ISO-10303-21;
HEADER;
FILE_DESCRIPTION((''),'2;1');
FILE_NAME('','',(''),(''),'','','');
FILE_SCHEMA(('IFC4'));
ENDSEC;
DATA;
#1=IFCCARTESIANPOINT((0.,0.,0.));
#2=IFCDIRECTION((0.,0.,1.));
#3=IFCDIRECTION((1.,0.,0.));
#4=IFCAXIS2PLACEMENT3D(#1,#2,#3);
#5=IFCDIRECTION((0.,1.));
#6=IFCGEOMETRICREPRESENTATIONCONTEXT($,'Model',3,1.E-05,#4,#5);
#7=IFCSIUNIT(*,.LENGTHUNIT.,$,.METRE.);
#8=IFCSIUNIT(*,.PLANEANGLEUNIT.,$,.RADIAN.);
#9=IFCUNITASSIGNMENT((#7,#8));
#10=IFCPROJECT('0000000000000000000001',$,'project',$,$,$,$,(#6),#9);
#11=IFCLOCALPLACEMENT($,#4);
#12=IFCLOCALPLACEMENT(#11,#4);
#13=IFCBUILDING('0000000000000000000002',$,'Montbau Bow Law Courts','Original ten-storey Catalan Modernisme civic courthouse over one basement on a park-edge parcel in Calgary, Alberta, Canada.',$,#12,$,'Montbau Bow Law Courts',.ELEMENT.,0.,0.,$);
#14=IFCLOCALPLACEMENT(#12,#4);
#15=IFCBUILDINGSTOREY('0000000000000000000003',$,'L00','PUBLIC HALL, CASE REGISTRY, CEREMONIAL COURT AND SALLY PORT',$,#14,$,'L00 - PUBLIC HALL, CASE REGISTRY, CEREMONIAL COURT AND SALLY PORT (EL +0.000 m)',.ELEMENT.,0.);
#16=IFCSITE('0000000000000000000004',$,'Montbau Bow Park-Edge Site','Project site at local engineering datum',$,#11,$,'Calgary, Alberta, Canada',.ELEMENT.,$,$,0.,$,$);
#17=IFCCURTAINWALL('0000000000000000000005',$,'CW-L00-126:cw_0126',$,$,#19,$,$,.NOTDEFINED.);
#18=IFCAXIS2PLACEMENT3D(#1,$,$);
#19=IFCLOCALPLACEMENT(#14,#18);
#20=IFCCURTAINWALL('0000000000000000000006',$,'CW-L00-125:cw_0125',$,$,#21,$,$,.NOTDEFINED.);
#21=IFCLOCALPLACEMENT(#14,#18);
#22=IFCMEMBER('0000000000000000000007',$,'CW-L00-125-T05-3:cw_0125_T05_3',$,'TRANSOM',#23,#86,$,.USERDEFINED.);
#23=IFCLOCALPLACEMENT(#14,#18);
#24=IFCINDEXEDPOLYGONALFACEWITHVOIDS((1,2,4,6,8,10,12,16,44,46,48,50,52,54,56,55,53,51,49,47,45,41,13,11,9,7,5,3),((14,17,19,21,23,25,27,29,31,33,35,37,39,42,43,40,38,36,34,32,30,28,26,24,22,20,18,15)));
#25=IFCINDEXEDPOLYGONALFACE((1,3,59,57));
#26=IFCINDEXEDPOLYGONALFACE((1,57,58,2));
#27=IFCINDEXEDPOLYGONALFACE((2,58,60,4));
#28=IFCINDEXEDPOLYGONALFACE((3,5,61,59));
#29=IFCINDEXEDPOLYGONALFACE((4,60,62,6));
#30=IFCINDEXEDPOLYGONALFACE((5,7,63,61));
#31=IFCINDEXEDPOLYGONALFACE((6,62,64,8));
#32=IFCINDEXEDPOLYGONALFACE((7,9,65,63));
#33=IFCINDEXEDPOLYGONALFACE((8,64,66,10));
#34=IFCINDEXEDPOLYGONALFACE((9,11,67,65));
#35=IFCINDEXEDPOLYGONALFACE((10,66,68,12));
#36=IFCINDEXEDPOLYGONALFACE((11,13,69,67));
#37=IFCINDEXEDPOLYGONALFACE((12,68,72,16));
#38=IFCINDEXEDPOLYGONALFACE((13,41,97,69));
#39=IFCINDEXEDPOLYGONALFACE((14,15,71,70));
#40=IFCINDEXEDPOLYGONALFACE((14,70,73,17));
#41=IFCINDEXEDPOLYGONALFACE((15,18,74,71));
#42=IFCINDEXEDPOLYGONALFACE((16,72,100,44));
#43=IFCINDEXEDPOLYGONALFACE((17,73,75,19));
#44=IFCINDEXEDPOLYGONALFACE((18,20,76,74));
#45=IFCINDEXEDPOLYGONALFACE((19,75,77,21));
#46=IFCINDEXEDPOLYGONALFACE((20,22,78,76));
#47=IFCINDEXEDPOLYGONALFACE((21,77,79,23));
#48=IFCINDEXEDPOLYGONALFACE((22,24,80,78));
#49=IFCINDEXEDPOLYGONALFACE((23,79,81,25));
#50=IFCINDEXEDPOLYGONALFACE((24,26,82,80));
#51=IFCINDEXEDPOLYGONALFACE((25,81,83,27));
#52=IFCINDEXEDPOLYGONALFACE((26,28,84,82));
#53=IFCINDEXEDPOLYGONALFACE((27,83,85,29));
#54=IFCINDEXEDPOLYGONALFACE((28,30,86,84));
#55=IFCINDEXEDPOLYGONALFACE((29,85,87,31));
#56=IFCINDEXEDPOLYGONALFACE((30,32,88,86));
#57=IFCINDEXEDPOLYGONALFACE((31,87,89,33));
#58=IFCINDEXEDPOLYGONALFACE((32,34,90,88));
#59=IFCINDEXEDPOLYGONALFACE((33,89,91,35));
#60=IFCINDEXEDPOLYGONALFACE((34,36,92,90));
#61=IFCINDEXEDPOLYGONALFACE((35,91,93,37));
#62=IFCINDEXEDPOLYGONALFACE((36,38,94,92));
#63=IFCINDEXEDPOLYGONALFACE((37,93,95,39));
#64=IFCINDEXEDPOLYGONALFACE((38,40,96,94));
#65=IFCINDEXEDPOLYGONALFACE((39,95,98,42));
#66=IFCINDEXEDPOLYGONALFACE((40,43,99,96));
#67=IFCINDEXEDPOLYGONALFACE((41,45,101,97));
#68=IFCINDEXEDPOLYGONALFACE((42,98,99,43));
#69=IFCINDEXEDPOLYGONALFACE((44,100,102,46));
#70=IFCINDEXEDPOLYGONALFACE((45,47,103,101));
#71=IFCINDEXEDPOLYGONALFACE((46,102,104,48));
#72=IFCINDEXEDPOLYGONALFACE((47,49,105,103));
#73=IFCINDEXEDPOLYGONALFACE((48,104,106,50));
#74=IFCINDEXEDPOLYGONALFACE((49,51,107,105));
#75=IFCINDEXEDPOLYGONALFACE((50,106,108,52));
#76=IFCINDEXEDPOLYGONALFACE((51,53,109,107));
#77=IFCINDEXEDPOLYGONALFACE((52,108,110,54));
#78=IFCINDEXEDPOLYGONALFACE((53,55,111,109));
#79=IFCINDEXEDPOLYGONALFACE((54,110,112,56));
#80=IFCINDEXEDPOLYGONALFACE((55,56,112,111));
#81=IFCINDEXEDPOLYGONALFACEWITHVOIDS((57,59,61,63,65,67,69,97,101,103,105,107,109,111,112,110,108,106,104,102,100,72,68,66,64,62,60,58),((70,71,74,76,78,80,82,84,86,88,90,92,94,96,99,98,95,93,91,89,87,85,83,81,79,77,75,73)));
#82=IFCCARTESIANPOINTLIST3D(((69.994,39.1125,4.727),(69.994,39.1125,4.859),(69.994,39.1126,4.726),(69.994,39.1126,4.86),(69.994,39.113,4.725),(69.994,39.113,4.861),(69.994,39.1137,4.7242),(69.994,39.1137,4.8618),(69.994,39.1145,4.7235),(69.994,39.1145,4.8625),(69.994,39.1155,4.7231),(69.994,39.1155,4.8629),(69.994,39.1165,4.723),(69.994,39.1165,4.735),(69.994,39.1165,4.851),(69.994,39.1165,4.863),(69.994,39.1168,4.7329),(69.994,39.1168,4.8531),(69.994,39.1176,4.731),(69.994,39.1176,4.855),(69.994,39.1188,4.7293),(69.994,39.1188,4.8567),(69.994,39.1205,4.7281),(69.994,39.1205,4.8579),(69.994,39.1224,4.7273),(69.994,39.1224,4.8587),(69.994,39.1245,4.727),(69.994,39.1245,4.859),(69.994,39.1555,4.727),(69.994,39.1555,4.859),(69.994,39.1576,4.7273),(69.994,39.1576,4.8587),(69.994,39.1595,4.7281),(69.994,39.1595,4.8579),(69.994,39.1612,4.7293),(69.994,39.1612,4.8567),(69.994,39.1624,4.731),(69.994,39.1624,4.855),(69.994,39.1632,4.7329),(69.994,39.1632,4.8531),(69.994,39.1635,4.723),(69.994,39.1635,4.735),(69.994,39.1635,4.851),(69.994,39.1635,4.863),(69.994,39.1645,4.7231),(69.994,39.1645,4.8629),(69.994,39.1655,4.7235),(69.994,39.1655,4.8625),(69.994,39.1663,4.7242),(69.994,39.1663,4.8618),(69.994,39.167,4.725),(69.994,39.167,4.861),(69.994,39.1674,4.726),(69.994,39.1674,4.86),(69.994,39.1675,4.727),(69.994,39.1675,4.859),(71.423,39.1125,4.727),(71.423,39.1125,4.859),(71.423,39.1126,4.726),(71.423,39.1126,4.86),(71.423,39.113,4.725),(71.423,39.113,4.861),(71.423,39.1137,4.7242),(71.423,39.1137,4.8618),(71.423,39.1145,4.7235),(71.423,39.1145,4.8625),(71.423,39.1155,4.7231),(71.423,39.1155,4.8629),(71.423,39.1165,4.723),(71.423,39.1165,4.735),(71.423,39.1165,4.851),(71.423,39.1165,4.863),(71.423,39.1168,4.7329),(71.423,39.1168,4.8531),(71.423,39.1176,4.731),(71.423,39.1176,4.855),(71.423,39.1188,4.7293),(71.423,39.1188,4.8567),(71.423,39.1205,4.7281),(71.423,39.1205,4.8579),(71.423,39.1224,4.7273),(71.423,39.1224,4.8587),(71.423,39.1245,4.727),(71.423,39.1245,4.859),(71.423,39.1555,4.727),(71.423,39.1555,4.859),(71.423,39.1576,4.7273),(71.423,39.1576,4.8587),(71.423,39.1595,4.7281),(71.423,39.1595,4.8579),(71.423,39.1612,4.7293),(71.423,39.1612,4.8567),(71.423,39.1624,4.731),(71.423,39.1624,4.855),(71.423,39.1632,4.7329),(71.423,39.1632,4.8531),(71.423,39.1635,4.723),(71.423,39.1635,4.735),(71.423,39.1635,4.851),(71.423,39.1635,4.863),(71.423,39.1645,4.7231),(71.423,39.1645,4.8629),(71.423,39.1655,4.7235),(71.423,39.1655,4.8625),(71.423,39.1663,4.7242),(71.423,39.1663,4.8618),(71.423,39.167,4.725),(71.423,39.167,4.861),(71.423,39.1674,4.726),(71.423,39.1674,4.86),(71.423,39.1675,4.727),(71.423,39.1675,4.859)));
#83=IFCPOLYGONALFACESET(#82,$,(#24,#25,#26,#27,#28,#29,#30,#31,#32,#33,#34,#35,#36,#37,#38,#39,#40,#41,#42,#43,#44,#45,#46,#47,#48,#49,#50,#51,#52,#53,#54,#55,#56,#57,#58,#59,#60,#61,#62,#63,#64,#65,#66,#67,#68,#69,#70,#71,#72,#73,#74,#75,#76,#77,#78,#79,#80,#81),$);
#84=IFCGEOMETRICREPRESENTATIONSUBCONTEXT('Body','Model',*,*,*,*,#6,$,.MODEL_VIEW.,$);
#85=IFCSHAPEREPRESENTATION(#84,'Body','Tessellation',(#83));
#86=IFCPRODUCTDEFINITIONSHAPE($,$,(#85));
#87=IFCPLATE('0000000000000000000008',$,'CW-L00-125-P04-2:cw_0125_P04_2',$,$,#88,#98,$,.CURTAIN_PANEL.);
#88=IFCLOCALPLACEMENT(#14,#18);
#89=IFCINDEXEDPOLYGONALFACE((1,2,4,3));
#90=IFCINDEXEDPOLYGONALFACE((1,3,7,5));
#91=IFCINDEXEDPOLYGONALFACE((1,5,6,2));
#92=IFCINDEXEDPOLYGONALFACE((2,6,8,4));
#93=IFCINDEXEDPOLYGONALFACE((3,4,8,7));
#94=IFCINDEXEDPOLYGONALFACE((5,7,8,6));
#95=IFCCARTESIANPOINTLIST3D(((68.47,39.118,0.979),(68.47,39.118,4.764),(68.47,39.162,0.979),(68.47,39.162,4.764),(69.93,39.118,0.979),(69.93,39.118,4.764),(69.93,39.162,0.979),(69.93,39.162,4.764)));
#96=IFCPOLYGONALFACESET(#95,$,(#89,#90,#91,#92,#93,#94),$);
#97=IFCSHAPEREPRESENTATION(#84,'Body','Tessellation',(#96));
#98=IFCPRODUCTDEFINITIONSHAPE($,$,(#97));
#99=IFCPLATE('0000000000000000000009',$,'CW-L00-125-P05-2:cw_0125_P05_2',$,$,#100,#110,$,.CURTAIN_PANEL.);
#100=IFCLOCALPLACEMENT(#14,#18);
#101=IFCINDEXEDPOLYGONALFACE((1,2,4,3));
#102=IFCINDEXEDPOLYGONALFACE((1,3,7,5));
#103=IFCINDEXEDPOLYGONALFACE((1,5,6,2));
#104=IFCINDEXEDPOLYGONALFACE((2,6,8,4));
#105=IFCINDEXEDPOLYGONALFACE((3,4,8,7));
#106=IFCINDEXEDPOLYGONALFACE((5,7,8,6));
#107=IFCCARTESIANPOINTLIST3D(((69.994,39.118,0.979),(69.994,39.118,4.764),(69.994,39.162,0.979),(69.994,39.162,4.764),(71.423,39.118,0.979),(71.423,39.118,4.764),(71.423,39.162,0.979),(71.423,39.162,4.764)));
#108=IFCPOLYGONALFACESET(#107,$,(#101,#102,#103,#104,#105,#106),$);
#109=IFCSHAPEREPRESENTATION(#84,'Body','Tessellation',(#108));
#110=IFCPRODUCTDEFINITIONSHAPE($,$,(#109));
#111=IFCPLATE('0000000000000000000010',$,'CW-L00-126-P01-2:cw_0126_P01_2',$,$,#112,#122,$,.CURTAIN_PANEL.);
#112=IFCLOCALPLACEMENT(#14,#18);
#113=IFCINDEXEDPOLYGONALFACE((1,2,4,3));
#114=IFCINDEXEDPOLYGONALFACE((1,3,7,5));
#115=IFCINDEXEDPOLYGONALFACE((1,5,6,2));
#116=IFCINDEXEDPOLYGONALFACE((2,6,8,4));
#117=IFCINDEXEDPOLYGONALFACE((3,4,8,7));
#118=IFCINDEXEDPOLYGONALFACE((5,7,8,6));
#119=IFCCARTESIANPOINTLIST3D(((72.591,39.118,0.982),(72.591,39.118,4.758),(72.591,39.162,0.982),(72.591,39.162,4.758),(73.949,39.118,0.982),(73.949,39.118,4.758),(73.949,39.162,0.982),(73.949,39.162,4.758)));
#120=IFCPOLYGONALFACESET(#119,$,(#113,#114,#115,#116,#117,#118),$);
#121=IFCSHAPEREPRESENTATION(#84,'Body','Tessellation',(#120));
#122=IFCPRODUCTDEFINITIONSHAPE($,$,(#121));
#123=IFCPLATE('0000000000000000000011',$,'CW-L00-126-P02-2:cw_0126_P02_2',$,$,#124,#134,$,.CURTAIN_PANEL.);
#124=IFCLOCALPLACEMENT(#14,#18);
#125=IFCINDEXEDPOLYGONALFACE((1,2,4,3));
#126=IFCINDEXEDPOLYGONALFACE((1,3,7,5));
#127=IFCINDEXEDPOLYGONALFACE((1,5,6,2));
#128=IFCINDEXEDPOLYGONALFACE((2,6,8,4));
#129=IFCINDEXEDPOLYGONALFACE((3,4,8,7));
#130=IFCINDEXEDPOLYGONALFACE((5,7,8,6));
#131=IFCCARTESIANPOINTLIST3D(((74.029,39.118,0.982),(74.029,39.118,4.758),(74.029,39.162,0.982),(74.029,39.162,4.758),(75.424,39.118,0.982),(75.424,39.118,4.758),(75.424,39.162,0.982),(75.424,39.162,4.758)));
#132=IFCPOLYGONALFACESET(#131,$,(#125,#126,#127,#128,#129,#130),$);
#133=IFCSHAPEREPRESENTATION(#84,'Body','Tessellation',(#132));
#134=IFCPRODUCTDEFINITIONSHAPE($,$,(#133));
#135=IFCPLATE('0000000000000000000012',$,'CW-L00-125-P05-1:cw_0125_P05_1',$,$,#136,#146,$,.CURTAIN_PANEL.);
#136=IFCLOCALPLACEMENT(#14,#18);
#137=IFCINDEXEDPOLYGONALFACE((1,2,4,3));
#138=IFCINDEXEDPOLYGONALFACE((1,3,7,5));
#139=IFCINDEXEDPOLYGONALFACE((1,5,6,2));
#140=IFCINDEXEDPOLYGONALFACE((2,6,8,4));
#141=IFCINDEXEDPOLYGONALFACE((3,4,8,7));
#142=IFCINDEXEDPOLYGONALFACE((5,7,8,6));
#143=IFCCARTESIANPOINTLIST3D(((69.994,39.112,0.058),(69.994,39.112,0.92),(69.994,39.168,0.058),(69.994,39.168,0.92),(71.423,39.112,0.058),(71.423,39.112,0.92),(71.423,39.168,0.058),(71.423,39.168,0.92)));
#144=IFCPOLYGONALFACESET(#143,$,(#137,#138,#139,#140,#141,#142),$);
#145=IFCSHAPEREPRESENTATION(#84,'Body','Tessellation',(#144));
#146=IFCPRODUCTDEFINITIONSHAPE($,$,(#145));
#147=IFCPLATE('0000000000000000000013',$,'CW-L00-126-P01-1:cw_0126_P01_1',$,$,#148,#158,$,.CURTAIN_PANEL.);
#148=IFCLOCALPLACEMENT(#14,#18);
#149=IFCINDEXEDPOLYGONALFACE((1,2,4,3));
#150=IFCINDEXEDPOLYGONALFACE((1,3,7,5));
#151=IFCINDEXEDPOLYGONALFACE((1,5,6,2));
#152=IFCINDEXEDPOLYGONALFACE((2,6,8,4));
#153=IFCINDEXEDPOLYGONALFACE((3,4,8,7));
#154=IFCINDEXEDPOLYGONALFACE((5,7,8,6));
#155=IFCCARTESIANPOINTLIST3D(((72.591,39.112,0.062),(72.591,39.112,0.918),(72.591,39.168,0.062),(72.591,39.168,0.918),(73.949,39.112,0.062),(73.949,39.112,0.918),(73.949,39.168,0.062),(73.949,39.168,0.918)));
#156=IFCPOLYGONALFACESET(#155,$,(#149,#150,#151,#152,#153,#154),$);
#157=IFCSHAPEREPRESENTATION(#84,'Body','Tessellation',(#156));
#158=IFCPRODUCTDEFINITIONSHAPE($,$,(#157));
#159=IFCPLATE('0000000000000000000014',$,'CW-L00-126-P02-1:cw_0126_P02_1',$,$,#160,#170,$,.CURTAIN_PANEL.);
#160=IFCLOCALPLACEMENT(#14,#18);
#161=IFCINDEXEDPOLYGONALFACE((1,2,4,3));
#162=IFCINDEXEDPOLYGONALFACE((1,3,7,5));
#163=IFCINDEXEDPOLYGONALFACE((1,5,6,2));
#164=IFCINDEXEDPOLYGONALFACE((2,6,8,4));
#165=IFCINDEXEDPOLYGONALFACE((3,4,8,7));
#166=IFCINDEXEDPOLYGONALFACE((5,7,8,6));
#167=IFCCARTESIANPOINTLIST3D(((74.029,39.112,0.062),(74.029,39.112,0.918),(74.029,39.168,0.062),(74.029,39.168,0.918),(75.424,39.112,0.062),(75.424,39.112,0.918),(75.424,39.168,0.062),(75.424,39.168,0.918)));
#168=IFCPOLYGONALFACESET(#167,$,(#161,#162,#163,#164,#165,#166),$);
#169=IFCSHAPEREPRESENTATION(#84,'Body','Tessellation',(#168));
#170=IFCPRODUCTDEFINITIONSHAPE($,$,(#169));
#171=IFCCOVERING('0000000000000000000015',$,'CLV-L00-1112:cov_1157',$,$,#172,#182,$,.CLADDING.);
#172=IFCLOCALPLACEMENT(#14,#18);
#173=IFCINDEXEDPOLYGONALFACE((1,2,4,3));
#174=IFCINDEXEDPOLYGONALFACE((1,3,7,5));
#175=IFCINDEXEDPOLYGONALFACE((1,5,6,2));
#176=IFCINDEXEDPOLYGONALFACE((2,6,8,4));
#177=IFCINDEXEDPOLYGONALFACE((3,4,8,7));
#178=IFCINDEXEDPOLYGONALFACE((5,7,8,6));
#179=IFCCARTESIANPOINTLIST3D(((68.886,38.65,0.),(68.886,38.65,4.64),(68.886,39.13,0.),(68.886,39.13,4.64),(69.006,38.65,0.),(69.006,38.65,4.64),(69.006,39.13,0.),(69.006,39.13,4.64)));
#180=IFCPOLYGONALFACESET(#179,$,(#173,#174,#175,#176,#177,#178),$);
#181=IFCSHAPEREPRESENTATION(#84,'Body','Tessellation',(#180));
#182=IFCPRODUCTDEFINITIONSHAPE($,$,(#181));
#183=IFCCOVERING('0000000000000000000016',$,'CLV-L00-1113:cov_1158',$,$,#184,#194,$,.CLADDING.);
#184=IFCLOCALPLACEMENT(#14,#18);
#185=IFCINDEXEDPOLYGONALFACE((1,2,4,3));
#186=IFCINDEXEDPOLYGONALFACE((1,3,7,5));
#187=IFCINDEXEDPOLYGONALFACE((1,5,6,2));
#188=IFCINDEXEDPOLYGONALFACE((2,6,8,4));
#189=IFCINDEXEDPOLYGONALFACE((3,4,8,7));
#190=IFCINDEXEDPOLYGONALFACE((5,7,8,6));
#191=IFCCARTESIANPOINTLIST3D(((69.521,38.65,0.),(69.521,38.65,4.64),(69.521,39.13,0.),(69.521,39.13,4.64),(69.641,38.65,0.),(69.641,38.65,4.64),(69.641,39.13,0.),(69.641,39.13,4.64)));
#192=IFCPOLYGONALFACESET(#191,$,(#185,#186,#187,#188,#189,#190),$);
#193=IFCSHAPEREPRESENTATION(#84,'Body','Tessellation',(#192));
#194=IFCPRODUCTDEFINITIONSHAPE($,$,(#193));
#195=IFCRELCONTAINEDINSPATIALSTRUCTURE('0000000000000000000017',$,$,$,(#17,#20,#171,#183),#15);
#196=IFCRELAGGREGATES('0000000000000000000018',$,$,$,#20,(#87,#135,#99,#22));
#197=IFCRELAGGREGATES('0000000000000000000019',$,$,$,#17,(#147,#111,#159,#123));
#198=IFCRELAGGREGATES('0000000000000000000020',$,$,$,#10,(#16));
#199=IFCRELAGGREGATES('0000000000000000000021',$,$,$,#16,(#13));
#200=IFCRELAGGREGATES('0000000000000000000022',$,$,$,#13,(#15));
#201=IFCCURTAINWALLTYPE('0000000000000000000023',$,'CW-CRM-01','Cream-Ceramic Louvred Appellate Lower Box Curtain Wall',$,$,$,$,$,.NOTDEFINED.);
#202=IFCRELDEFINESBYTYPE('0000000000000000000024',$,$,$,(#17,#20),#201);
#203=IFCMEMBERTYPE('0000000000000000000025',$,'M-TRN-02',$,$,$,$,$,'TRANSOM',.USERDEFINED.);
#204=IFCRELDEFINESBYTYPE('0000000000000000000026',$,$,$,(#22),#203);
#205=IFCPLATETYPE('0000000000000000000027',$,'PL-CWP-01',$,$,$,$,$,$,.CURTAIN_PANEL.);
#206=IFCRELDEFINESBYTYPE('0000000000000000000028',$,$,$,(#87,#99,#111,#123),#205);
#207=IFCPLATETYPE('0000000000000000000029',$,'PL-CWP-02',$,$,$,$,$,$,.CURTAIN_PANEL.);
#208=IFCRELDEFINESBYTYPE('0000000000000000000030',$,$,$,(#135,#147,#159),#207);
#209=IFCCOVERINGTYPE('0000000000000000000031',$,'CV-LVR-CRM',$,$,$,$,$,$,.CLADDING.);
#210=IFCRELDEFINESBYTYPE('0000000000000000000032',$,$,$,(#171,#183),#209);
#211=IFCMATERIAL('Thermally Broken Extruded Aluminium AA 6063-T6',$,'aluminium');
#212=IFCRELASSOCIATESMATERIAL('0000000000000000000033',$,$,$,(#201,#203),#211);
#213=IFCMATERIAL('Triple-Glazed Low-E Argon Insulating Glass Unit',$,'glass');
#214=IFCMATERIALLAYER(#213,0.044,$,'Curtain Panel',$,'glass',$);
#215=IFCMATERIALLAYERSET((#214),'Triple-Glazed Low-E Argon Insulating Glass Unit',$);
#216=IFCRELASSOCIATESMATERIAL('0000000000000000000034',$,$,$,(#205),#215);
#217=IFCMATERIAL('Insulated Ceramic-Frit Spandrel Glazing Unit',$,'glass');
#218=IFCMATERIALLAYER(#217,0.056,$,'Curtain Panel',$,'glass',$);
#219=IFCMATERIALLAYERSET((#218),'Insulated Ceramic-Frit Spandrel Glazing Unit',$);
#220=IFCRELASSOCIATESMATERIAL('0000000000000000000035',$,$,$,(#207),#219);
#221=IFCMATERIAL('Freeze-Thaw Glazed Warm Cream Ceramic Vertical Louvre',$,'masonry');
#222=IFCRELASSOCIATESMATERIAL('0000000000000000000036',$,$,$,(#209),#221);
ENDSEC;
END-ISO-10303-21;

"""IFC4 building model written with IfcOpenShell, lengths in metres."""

from ifc_helpers import new_model, si_unit, direction, frame, frame_2d, origin_with_axes, origin_2d_with_axis, place, context, subcontext, project, spatial, rectangle, hollow_rectangle, extrude, material, layer, layer_set, material_profile, profile_set, type_object, element, aggregate, save


model = new_model("IFC4")

# Units and contexts
model_context = context("Model", 3, precision=1e-05, world=origin_with_axes(), true_north=direction((0.0, 1.0)))
body_context = subcontext(model_context, "Body", "Model", "MODEL_VIEW")
ifc_project = project(units=[si_unit("LENGTHUNIT", "METRE"), si_unit("PLANEANGLEUNIT", "RADIAN")], contexts=[model_context])

# Site, building, storey
site_placement = place(None, origin_with_axes())
site = spatial("IfcSite", under=ifc_project, at=site_placement, Name="Montbau Bow Park-Edge Site", Description="Project site at local engineering datum", LongName="Calgary, Alberta, Canada", CompositionType="ELEMENT", RefElevation=0.0)
building_placement = place(site_placement, origin_with_axes())
building = spatial("IfcBuilding", under=site, at=building_placement, Name="Montbau Bow Law Courts", Description="Original ten-storey Catalan Modernisme civic courthouse over one basement on a park-edge parcel in Calgary, Alberta, Canada.", LongName="Montbau Bow Law Courts", CompositionType="ELEMENT", ElevationOfRefHeight=0.0, ElevationOfTerrain=0.0)
storey_placement = place(building_placement, origin_with_axes())
storey = spatial("IfcBuildingStorey", under=building, at=storey_placement, Name="L00", Description="PUBLIC HALL, CASE REGISTRY, CEREMONIAL COURT AND SALLY PORT", LongName="L00 - PUBLIC HALL, CASE REGISTRY, CEREMONIAL COURT AND SALLY PORT (EL +0.000 m)", CompositionType="ELEMENT", Elevation=0.0)

# Curtain walls
ifc_material_1 = material(Name="Thermally Broken Extruded Aluminium AA 6063-T6", Category="aluminium")
curtain_wall_type = type_object("IfcCurtainWallType", Name="CW-CRM-01", Description="Cream-Ceramic Louvred Appellate Lower Box Curtain Wall", PredefinedType="NOTDEFINED", material=ifc_material_1)
curtain_wall_1_placement = place(None, frame((72.515, 39.14, 0.0), z_axis=(0.0, 0.0, 1.0), x_axis=(1.0, 0.0, 0.0)))
curtain_wall_1 = element("IfcCurtainWall", 1, at=curtain_wall_1_placement, inside=storey, type_object=curtain_wall_type, Name="CW-L00-126:cw_0126", PredefinedType="NOTDEFINED")
curtain_wall_2_placement = place(None, frame((63.868, 39.14, 0.0), z_axis=(0.0, 0.0, 1.0), x_axis=(1.0, 0.0, 0.0)))
curtain_wall_2 = element("IfcCurtainWall", 2, at=curtain_wall_2_placement, inside=storey, type_object=curtain_wall_type, Name="CW-L00-125:cw_0125", PredefinedType="NOTDEFINED")

# Member
ifc_material_profile_1 = material_profile(ifc_material_1, hollow_rectangle(XDim=0.055, YDim=0.14, WallThickness=0.004, InnerFilletRadius=0.008, OuterFilletRadius=0.004, at=origin_2d_with_axis()), Name="CWT-140X55", Category="Main", Priority=0)
ifc_profile_set_1 = profile_set([ifc_material_profile_1], Name="Thermally Broken Extruded Aluminium AA 6063-T6")
member_type_1 = type_object("IfcMemberType", Name="M-TRN-02", ElementType="TRANSOM", PredefinedType="USERDEFINED", material=ifc_profile_set_1)
member_1_placement = place(None, frame((69.994, 39.14, 4.793), z_axis=(1.0, 0.0, 0.0), x_axis=(0.0, 1.0, 0.0)))
member_1 = element("IfcMember", 3, at=member_1_placement, type_object=member_type_1, Name="CW-L00-125-T05-3:cw_0125_T05_3", ObjectType="TRANSOM", PredefinedType="USERDEFINED", context=body_context, shape_type="SweptSolid", body=[
    extrude(hollow_rectangle(XDim=0.055, YDim=0.14, WallThickness=0.004, InnerFilletRadius=0.008, OuterFilletRadius=0.004, at=origin_2d_with_axis()), origin_with_axes(), (0.0, 0.0, 1.0), 1.429),
])

# Plates
ifc_material_2 = material(Name="Triple-Glazed Low-E Argon Insulating Glass Unit", Category="glass")
ifc_layer_1 = layer(ifc_material_2, 0.044, Name="Curtain Panel", Category="glass")
ifc_layer_set_1 = layer_set([ifc_layer_1], Name="Triple-Glazed Low-E Argon Insulating Glass Unit")
plate_type_1 = type_object("IfcPlateType", Name="PL-CWP-01", PredefinedType="CURTAIN_PANEL", material=ifc_layer_set_1)
plate_1_placement = place(None, frame((68.47, 39.14, 0.979), z_axis=(0.0, -1.0, 0.0), x_axis=(1.0, 0.0, 0.0)))
plate_1 = element("IfcPlate", 4, at=plate_1_placement, type_object=plate_type_1, Name="CW-L00-125-P04-2:cw_0125_P04_2", PredefinedType="CURTAIN_PANEL", context=body_context, shape_type="SweptSolid", body=[
    extrude(rectangle(XDim=1.46, YDim=3.785, at=frame_2d((0.73, 1.8925), x_axis=(1.0, 0.0))), frame((0.0, 0.0, -0.022), z_axis=(0.0, 0.0, 1.0), x_axis=(1.0, 0.0, 0.0)), (0.0, 0.0, 1.0), 0.044),
])
plate_2_placement = place(None, frame((69.994, 39.14, 0.979), z_axis=(0.0, -1.0, 0.0), x_axis=(1.0, 0.0, 0.0)))
plate_2 = element("IfcPlate", 5, at=plate_2_placement, type_object=plate_type_1, Name="CW-L00-125-P05-2:cw_0125_P05_2", PredefinedType="CURTAIN_PANEL", context=body_context, shape_type="SweptSolid", body=[
    extrude(rectangle(XDim=1.429, YDim=3.785, at=frame_2d((0.7145, 1.8925), x_axis=(1.0, 0.0))), frame((0.0, 0.0, -0.022), z_axis=(0.0, 0.0, 1.0), x_axis=(1.0, 0.0, 0.0)), (0.0, 0.0, 1.0), 0.044),
])
plate_3_placement = place(None, frame((72.591, 39.14, 0.982), z_axis=(0.0, -1.0, 0.0), x_axis=(1.0, 0.0, 0.0)))
plate_3 = element("IfcPlate", 6, at=plate_3_placement, type_object=plate_type_1, Name="CW-L00-126-P01-2:cw_0126_P01_2", PredefinedType="CURTAIN_PANEL", context=body_context, shape_type="SweptSolid", body=[
    extrude(rectangle(XDim=1.358, YDim=3.776, at=frame_2d((0.679, 1.888), x_axis=(1.0, 0.0))), frame((0.0, 0.0, -0.022), z_axis=(0.0, 0.0, 1.0), x_axis=(1.0, 0.0, 0.0)), (0.0, 0.0, 1.0), 0.044),
])
plate_4_placement = place(None, frame((74.029, 39.14, 0.982), z_axis=(0.0, -1.0, 0.0), x_axis=(1.0, 0.0, 0.0)))
plate_4 = element("IfcPlate", 7, at=plate_4_placement, type_object=plate_type_1, Name="CW-L00-126-P02-2:cw_0126_P02_2", PredefinedType="CURTAIN_PANEL", context=body_context, shape_type="SweptSolid", body=[
    extrude(rectangle(XDim=1.395, YDim=3.776, at=frame_2d((0.6975, 1.888), x_axis=(1.0, 0.0))), frame((0.0, 0.0, -0.022), z_axis=(0.0, 0.0, 1.0), x_axis=(1.0, 0.0, 0.0)), (0.0, 0.0, 1.0), 0.044),
])
ifc_material_3 = material(Name="Insulated Ceramic-Frit Spandrel Glazing Unit", Category="glass")
ifc_layer_2 = layer(ifc_material_3, 0.056, Name="Curtain Panel", Category="glass")
ifc_layer_set_2 = layer_set([ifc_layer_2], Name="Insulated Ceramic-Frit Spandrel Glazing Unit")
plate_type_2 = type_object("IfcPlateType", Name="PL-CWP-02", PredefinedType="CURTAIN_PANEL", material=ifc_layer_set_2)
plate_5_placement = place(None, frame((69.994, 39.14, 0.058), z_axis=(0.0, -1.0, 0.0), x_axis=(1.0, 0.0, 0.0)))
plate_5 = element("IfcPlate", 8, at=plate_5_placement, type_object=plate_type_2, Name="CW-L00-125-P05-1:cw_0125_P05_1", PredefinedType="CURTAIN_PANEL", context=body_context, shape_type="SweptSolid", body=[
    extrude(rectangle(XDim=1.429, YDim=0.862, at=frame_2d((0.7145, 0.431), x_axis=(1.0, 0.0))), frame((0.0, 0.0, -0.028), z_axis=(0.0, 0.0, 1.0), x_axis=(1.0, 0.0, 0.0)), (0.0, 0.0, 1.0), 0.056),
])
aggregate(curtain_wall_2, [plate_1, plate_5, plate_2, member_1])
plate_6_placement = place(None, frame((72.591, 39.14, 0.062), z_axis=(0.0, -1.0, 0.0), x_axis=(1.0, 0.0, 0.0)))
plate_6 = element("IfcPlate", 9, at=plate_6_placement, type_object=plate_type_2, Name="CW-L00-126-P01-1:cw_0126_P01_1", PredefinedType="CURTAIN_PANEL", context=body_context, shape_type="SweptSolid", body=[
    extrude(rectangle(XDim=1.358, YDim=0.856, at=frame_2d((0.679, 0.428), x_axis=(1.0, 0.0))), frame((0.0, 0.0, -0.028), z_axis=(0.0, 0.0, 1.0), x_axis=(1.0, 0.0, 0.0)), (0.0, 0.0, 1.0), 0.056),
])
plate_7_placement = place(None, frame((74.029, 39.14, 0.062), z_axis=(0.0, -1.0, 0.0), x_axis=(1.0, 0.0, 0.0)))
plate_7 = element("IfcPlate", 10, at=plate_7_placement, type_object=plate_type_2, Name="CW-L00-126-P02-1:cw_0126_P02_1", PredefinedType="CURTAIN_PANEL", context=body_context, shape_type="SweptSolid", body=[
    extrude(rectangle(XDim=1.395, YDim=0.856, at=frame_2d((0.6975, 0.428), x_axis=(1.0, 0.0))), frame((0.0, 0.0, -0.028), z_axis=(0.0, 0.0, 1.0), x_axis=(1.0, 0.0, 0.0)), (0.0, 0.0, 1.0), 0.056),
])
aggregate(curtain_wall_1, [plate_6, plate_3, plate_7, plate_4])

# Coverings
ifc_material_4 = material(Name="Freeze-Thaw Glazed Warm Cream Ceramic Vertical Louvre", Category="masonry")
covering_type = type_object("IfcCoveringType", Name="CV-LVR-CRM", PredefinedType="CLADDING", material=ifc_material_4)
for number, where, z_axis, x_axis, name in (
    (11, (68.946, 39.13, 0.0), (-1.0, 0.0, 0.0), (0.0, -1.0, 0.0), "CLV-L00-1112:cov_1157"),
    (12, (69.581, 39.13, 0.0), (-1.0, 0.0, 0.0), (0.0, -1.0, 0.0), "CLV-L00-1113:cov_1158"),
):
    element("IfcCovering", number, at=place(None, frame(where, z_axis=z_axis, x_axis=x_axis)), inside=storey, type_object=covering_type, Name=name, PredefinedType="CLADDING", context=body_context, shape_type="SweptSolid", body=[
        extrude(rectangle(XDim=0.48, YDim=4.64, at=frame_2d((0.24, 2.32), x_axis=(1.0, 0.0))), frame((0.0, 0.0, -0.06), z_axis=(0.0, 0.0, 1.0), x_axis=(1.0, 0.0, 0.0)), (0.0, 0.0, 1.0), 0.12),
    ])

save(model, "model.ifc")
